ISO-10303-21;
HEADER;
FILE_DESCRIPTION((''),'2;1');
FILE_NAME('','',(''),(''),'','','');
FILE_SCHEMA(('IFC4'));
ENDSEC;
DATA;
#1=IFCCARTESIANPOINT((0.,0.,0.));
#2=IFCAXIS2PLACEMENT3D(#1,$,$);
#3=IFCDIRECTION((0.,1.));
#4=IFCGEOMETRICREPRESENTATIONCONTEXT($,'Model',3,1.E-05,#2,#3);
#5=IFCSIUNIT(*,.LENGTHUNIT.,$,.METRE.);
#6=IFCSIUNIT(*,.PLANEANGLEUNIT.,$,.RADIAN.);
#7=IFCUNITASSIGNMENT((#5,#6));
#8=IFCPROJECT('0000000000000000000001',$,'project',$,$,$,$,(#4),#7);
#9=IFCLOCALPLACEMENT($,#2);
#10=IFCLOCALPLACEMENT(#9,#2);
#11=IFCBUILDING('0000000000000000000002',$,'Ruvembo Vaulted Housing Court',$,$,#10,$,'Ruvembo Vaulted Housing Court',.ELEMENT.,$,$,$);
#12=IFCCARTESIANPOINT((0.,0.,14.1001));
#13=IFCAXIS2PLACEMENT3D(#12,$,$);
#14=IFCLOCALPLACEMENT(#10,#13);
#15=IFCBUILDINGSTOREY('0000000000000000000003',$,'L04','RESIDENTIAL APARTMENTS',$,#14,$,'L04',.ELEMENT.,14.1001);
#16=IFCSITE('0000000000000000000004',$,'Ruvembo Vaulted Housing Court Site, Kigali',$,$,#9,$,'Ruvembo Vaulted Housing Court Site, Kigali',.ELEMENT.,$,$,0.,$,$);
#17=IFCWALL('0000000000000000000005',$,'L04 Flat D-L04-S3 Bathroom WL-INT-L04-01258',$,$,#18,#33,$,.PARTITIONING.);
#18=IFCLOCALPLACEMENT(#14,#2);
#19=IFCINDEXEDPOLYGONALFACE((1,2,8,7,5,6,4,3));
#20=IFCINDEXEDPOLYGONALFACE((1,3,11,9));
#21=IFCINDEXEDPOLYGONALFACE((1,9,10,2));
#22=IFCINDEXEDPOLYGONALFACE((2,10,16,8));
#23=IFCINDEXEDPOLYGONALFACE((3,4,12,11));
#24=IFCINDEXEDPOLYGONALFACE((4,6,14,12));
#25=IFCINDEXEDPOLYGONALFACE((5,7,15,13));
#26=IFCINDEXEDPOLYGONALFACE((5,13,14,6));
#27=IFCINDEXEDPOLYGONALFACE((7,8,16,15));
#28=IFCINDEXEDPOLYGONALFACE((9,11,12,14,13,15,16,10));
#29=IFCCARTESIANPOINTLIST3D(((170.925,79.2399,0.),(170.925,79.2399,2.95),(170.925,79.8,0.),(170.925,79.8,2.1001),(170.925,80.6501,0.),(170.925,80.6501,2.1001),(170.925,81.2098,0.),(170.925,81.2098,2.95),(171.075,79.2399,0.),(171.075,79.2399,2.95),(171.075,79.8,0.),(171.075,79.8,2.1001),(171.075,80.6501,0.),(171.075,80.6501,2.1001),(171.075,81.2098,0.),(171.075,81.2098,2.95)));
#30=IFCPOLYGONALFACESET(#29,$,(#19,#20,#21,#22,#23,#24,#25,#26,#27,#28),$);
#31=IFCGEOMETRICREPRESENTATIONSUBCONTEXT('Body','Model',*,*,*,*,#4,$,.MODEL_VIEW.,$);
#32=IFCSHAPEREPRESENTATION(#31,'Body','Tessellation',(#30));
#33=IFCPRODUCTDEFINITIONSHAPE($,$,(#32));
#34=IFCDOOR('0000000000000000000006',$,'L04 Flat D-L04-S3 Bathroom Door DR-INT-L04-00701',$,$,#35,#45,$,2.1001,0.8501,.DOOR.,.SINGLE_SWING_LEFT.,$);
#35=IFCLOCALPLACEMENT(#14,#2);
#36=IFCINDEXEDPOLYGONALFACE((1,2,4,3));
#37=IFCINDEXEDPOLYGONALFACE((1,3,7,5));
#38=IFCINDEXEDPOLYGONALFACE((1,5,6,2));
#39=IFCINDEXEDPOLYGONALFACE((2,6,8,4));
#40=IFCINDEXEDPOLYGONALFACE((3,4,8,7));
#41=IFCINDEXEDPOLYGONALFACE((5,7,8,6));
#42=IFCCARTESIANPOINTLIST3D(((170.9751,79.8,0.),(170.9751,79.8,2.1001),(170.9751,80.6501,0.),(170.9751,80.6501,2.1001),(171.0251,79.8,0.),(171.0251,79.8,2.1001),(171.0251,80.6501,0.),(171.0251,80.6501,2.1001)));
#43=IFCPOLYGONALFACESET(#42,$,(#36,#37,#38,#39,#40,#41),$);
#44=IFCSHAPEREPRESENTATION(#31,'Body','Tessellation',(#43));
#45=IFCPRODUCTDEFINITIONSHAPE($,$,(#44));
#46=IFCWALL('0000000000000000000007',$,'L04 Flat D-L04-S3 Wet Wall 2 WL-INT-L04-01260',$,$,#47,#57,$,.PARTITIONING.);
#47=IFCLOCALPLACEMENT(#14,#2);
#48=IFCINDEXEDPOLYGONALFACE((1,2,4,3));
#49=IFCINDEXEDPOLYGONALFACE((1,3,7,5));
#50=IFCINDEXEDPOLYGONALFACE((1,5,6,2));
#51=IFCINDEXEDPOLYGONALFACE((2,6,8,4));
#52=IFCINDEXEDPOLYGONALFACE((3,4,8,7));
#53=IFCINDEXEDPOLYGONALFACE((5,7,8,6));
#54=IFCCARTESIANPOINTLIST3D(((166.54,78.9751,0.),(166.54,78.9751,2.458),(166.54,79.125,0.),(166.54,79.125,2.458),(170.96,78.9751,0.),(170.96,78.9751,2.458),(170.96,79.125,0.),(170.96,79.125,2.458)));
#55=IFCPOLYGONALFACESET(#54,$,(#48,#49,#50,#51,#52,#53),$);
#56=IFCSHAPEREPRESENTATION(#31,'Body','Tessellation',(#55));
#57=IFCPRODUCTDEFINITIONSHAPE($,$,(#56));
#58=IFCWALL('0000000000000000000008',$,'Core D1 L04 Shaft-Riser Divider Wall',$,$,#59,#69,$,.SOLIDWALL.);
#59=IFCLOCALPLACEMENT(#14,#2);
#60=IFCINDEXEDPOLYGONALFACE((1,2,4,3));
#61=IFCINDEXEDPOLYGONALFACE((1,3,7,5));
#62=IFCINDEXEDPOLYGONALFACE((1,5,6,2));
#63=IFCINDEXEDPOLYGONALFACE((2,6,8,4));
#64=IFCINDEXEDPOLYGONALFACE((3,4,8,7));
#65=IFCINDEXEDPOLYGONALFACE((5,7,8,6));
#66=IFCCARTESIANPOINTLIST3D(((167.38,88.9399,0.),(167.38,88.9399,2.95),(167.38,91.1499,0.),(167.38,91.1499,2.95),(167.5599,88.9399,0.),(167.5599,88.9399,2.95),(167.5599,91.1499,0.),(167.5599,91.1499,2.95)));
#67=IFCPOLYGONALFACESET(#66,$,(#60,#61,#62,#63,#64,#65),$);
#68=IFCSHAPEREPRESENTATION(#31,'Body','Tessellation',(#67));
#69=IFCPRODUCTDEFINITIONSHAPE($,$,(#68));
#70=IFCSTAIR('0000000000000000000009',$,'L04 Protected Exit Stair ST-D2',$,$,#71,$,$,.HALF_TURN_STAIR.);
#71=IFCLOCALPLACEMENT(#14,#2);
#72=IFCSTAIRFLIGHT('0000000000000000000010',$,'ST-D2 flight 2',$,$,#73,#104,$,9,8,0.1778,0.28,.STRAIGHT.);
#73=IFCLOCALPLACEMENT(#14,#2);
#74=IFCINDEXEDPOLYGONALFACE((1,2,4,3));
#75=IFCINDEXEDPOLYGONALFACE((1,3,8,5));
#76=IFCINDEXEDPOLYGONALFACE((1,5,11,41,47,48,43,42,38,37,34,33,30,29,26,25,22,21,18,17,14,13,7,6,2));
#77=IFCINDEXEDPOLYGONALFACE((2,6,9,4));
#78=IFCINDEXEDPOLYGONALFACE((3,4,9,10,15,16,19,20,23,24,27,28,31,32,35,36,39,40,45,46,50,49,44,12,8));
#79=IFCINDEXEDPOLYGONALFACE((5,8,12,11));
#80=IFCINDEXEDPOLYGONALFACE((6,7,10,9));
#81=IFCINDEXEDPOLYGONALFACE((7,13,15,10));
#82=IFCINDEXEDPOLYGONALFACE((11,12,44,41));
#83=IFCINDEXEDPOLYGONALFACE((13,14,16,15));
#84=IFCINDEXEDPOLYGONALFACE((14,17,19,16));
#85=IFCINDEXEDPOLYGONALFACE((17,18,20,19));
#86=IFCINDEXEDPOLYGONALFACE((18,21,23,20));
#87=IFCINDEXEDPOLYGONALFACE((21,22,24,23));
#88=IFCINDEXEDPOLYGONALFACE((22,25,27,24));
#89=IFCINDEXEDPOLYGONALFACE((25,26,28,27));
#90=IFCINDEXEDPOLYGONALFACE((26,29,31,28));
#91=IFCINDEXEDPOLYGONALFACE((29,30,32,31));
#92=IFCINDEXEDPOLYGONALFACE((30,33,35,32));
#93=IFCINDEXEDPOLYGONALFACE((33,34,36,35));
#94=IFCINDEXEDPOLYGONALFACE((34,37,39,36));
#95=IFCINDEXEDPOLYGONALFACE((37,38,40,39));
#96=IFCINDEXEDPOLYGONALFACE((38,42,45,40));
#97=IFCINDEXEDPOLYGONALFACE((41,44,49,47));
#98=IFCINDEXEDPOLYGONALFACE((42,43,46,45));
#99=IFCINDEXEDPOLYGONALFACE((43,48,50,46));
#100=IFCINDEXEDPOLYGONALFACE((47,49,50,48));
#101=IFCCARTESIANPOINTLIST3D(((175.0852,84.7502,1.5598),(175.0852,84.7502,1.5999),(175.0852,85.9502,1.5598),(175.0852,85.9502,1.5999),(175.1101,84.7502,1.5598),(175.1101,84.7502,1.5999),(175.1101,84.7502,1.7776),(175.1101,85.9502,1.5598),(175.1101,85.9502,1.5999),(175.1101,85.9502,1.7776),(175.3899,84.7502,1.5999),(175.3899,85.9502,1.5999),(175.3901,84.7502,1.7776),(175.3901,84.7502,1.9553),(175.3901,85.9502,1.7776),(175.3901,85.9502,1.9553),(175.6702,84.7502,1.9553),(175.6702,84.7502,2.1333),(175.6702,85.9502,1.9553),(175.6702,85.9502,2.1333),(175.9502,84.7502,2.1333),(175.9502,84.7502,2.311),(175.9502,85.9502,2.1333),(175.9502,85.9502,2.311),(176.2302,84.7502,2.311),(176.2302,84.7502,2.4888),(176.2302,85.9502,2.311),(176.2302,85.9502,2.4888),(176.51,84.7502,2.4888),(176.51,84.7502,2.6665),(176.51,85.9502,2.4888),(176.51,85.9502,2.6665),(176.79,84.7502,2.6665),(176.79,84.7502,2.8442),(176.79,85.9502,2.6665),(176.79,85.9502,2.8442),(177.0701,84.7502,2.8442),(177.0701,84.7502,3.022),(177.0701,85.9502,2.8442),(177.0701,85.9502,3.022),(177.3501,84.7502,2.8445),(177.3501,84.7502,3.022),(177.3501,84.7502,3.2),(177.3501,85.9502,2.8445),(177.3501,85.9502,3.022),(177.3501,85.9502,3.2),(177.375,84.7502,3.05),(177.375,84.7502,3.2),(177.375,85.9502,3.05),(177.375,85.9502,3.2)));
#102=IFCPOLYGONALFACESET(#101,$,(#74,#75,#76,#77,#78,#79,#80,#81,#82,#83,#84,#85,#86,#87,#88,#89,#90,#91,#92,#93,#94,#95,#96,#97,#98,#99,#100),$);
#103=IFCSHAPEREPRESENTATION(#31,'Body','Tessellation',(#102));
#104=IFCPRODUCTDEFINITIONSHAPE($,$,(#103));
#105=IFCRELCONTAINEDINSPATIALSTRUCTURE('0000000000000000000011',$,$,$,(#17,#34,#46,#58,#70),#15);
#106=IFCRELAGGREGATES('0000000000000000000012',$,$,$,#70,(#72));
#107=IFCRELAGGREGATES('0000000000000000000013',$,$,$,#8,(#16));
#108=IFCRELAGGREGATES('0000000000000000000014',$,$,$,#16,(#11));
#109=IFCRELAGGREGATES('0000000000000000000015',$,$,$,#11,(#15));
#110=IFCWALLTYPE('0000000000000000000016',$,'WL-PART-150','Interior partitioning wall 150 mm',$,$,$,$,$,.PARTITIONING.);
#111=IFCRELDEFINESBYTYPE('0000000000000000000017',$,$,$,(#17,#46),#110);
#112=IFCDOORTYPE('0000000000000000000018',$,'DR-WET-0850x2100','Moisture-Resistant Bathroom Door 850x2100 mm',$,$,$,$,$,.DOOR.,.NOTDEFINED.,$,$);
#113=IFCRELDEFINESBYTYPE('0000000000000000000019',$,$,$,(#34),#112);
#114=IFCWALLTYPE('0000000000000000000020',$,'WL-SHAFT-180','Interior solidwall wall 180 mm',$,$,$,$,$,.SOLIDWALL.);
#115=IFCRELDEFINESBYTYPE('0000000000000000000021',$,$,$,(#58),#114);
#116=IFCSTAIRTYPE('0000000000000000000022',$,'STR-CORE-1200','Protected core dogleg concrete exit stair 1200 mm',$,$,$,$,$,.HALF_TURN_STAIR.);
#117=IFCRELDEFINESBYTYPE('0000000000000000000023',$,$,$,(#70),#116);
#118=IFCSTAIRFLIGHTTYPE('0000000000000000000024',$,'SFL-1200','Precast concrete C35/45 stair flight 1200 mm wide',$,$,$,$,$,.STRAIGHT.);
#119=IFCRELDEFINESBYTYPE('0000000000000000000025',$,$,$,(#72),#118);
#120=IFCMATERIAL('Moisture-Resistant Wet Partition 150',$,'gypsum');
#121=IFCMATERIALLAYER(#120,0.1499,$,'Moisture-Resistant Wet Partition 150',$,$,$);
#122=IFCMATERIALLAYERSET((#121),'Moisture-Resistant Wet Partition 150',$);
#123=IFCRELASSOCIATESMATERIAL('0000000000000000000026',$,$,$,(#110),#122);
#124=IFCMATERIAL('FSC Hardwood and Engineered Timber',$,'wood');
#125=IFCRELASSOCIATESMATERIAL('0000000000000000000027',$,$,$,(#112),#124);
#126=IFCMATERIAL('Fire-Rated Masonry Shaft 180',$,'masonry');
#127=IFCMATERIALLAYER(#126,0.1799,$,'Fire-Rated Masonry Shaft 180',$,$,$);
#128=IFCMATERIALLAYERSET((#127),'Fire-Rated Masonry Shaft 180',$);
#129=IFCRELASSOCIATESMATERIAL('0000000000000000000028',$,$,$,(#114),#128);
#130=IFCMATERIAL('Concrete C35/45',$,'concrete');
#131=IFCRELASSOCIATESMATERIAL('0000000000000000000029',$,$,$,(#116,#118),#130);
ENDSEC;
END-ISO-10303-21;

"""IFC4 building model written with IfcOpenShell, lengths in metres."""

from ifc_helpers import new_model, si_unit, direction, frame, frame_2d, origin, place, context, subcontext, project, spatial, polyline, rectangle, outline, extrude, material, layer, layer_set, type_object, element, fill, aggregate, save


model = new_model("IFC4")

# Units and contexts
model_context = context("Model", 3, precision=1e-05, world=origin(), true_north=direction((0.0, 1.0)))
body_context = subcontext(model_context, "Body", "Model", "MODEL_VIEW")
ifc_project = project(units=[si_unit("LENGTHUNIT", "METRE"), si_unit("PLANEANGLEUNIT", "RADIAN")], contexts=[model_context])

# Site, building, storey
site_placement = place(None, origin())
site = spatial("IfcSite", under=ifc_project, at=site_placement, Name="Ruvembo Vaulted Housing Court Site, Kigali", LongName="Ruvembo Vaulted Housing Court Site, Kigali", CompositionType="ELEMENT", RefElevation=0.0)
building_placement = place(site_placement, origin())
building = spatial("IfcBuilding", under=site, at=building_placement, Name="Ruvembo Vaulted Housing Court", LongName="Ruvembo Vaulted Housing Court", CompositionType="ELEMENT")
storey_placement = place(building_placement, frame((0.0, 0.0, 14.1001)))
storey = spatial("IfcBuildingStorey", under=building, at=storey_placement, Name="L04", Description="RESIDENTIAL APARTMENTS", LongName="L04", CompositionType="ELEMENT", Elevation=14.1001)

# Shared definitions
ifc_material_1 = material(Name="Concrete C35/45", Category="concrete")

# Wall, opening, door
ifc_material_2 = material(Name="FSC Hardwood and Engineered Timber", Category="wood")
ifc_material_3 = material(Name="Moisture-Resistant Wet Partition 150", Category="gypsum")
ifc_layer_1 = layer(ifc_material_3, 0.1499, Name="Moisture-Resistant Wet Partition 150")
ifc_layer_set_1 = layer_set([ifc_layer_1], Name="Moisture-Resistant Wet Partition 150")
wall_type_1 = type_object("IfcWallType", Name="WL-PART-150", Description="Interior partitioning wall 150 mm", PredefinedType="PARTITIONING", material=ifc_layer_set_1)
wall_1_placement = place(storey_placement, frame((171.0, 79.24, 0.0), z_axis=(0.0, 0.0, 1.0), x_axis=(0.0, 1.0, 0.0)))
wall_1 = element("IfcWall", 1, at=wall_1_placement, inside=storey, type_object=wall_type_1, Name="L04 Flat D-L04-S3 Bathroom WL-INT-L04-01258", PredefinedType="PARTITIONING", context=body_context, shape_type="SweptSolid", body=[
    extrude(rectangle(XDim=1.97, YDim=0.1499, at=frame_2d((0.9849, 0.0))), origin(), (0.0, 0.0, 1.0), 2.95),
])
opening_1_placement = place(wall_1_placement, frame((0.5601, 0.0, 0.0)))
opening_1 = element("IfcOpeningElement", 2, at=opening_1_placement, cuts=wall_1, PredefinedType="OPENING", context=body_context, shape_type="SweptSolid", body=[
    extrude(rectangle(XDim=0.8501, YDim=2.1001, at=frame_2d((0.425, 1.05))), frame((0.0, 0.085, 0.0), z_axis=(0.0, -1.0, 0.0), x_axis=(1.0, 0.0, 0.0)), (0.0, 0.0, 1.0), 0.1699),
])
door_type_1 = type_object("IfcDoorType", Name="DR-WET-0850x2100", Description="Moisture-Resistant Bathroom Door 850x2100 mm", OperationType="NOTDEFINED", PredefinedType="DOOR", material=ifc_material_2)
door_1_placement = place(opening_1_placement, origin())
door_1 = element("IfcDoor", 3, at=door_1_placement, inside=storey, type_object=door_type_1, Name="L04 Flat D-L04-S3 Bathroom Door DR-INT-L04-00701", OperationType="SINGLE_SWING_LEFT", OverallHeight=2.1001, OverallWidth=0.8501, PredefinedType="DOOR", context=body_context, shape_type="SweptSolid", body=[
    extrude(rectangle(XDim=0.8501, YDim=2.1001, at=frame_2d((0.425, 1.05))), frame((0.0, 0.0249, 0.0), z_axis=(0.0, -1.0, 0.0), x_axis=(1.0, 0.0, 0.0)), (0.0, 0.0, 1.0), 0.05),
])
fill(opening_1, door_1)

# Walls
wall_2_placement = place(storey_placement, frame((166.54, 79.05, 0.0), z_axis=(0.0, 0.0, 1.0), x_axis=(1.0, 0.0, 0.0)))
element("IfcWall", 4, at=wall_2_placement, inside=storey, type_object=wall_type_1, Name="L04 Flat D-L04-S3 Wet Wall 2 WL-INT-L04-01260", PredefinedType="PARTITIONING", context=body_context, shape_type="SweptSolid", body=[
    extrude(rectangle(XDim=4.4199, YDim=0.1499, at=frame_2d((2.21, 0.0))), origin(), (0.0, 0.0, 1.0), 2.458),
])
ifc_material_4 = material(Name="Fire-Rated Masonry Shaft 180", Category="masonry")
ifc_layer_2 = layer(ifc_material_4, 0.1799, Name="Fire-Rated Masonry Shaft 180")
ifc_layer_set_2 = layer_set([ifc_layer_2], Name="Fire-Rated Masonry Shaft 180")
wall_type_2 = type_object("IfcWallType", Name="WL-SHAFT-180", Description="Interior solidwall wall 180 mm", PredefinedType="SOLIDWALL", material=ifc_layer_set_2)
wall_3_placement = place(storey_placement, frame((167.47, 88.9399, 0.0), z_axis=(0.0, 0.0, 1.0), x_axis=(0.0, 1.0, 0.0)))
element("IfcWall", 5, at=wall_3_placement, inside=storey, type_object=wall_type_2, Name="Core D1 L04 Shaft-Riser Divider Wall", PredefinedType="SOLIDWALL", context=body_context, shape_type="SweptSolid", body=[
    extrude(rectangle(XDim=2.21, YDim=0.1799, at=frame_2d((1.105, 0.0))), origin(), (0.0, 0.0, 1.0), 2.95),
])

# Stair, stair flight
stair_type = type_object("IfcStairType", Name="STR-CORE-1200", Description="Protected core dogleg concrete exit stair 1200 mm", PredefinedType="HALF_TURN_STAIR", material=ifc_material_1)
stair_placement = place(storey_placement, origin())
stair = element("IfcStair", 6, at=stair_placement, inside=storey, type_object=stair_type, Name="L04 Protected Exit Stair ST-D2", PredefinedType="HALF_TURN_STAIR")
stair_flight_type = type_object("IfcStairFlightType", Name="SFL-1200", Description="Precast concrete C35/45 stair flight 1200 mm wide", PredefinedType="STRAIGHT", material=ifc_material_1)
stair_flight_placement = place(storey_placement, frame((175.1101, 85.3501, 1.5999), z_axis=(0.0, 0.0, 1.0), x_axis=(1.0, 0.0, 0.0)))
stair_flight = element("IfcStairFlight", 7, at=stair_flight_placement, type_object=stair_flight_type, Name="ST-D2 flight 2", NumberOfRisers=9, NumberOfTreads=8, PredefinedType="STRAIGHT", RiserHeight=0.1778, TreadLength=0.28, context=body_context, shape_type="SweptSolid", body=[
    extrude(outline(polyline([(-0.0249, -0.04), (-0.0249, 0.0), (0.0, 0.0), (0.0, 0.1777), (0.28, 0.1777), (0.28, 0.3555), (0.5601, 0.3555), (0.5601, 0.5334), (0.8401, 0.5334), (0.8401, 0.7112), (1.1201, 0.7112), (1.1201, 0.8889), (1.3999, 0.8889), (1.3999, 1.0667), (1.6799, 1.0667), (1.6799, 1.2444), (1.96, 1.2444), (1.96, 1.4221), (2.24, 1.4221), (2.24, 1.6001), (2.2649, 1.6001), (2.2649, 1.4502), (2.24, 1.2446), (0.2798, 0.0), (0.0, -0.04), (-0.0249, -0.04)])), frame((0.0, 0.6001, 0.0), z_axis=(0.0, -1.0, 0.0), x_axis=(1.0, 0.0, 0.0)), (0.0, 0.0, 1.0), 1.2),
])
aggregate(stair, [stair_flight])

save(model, "model.ifc")
